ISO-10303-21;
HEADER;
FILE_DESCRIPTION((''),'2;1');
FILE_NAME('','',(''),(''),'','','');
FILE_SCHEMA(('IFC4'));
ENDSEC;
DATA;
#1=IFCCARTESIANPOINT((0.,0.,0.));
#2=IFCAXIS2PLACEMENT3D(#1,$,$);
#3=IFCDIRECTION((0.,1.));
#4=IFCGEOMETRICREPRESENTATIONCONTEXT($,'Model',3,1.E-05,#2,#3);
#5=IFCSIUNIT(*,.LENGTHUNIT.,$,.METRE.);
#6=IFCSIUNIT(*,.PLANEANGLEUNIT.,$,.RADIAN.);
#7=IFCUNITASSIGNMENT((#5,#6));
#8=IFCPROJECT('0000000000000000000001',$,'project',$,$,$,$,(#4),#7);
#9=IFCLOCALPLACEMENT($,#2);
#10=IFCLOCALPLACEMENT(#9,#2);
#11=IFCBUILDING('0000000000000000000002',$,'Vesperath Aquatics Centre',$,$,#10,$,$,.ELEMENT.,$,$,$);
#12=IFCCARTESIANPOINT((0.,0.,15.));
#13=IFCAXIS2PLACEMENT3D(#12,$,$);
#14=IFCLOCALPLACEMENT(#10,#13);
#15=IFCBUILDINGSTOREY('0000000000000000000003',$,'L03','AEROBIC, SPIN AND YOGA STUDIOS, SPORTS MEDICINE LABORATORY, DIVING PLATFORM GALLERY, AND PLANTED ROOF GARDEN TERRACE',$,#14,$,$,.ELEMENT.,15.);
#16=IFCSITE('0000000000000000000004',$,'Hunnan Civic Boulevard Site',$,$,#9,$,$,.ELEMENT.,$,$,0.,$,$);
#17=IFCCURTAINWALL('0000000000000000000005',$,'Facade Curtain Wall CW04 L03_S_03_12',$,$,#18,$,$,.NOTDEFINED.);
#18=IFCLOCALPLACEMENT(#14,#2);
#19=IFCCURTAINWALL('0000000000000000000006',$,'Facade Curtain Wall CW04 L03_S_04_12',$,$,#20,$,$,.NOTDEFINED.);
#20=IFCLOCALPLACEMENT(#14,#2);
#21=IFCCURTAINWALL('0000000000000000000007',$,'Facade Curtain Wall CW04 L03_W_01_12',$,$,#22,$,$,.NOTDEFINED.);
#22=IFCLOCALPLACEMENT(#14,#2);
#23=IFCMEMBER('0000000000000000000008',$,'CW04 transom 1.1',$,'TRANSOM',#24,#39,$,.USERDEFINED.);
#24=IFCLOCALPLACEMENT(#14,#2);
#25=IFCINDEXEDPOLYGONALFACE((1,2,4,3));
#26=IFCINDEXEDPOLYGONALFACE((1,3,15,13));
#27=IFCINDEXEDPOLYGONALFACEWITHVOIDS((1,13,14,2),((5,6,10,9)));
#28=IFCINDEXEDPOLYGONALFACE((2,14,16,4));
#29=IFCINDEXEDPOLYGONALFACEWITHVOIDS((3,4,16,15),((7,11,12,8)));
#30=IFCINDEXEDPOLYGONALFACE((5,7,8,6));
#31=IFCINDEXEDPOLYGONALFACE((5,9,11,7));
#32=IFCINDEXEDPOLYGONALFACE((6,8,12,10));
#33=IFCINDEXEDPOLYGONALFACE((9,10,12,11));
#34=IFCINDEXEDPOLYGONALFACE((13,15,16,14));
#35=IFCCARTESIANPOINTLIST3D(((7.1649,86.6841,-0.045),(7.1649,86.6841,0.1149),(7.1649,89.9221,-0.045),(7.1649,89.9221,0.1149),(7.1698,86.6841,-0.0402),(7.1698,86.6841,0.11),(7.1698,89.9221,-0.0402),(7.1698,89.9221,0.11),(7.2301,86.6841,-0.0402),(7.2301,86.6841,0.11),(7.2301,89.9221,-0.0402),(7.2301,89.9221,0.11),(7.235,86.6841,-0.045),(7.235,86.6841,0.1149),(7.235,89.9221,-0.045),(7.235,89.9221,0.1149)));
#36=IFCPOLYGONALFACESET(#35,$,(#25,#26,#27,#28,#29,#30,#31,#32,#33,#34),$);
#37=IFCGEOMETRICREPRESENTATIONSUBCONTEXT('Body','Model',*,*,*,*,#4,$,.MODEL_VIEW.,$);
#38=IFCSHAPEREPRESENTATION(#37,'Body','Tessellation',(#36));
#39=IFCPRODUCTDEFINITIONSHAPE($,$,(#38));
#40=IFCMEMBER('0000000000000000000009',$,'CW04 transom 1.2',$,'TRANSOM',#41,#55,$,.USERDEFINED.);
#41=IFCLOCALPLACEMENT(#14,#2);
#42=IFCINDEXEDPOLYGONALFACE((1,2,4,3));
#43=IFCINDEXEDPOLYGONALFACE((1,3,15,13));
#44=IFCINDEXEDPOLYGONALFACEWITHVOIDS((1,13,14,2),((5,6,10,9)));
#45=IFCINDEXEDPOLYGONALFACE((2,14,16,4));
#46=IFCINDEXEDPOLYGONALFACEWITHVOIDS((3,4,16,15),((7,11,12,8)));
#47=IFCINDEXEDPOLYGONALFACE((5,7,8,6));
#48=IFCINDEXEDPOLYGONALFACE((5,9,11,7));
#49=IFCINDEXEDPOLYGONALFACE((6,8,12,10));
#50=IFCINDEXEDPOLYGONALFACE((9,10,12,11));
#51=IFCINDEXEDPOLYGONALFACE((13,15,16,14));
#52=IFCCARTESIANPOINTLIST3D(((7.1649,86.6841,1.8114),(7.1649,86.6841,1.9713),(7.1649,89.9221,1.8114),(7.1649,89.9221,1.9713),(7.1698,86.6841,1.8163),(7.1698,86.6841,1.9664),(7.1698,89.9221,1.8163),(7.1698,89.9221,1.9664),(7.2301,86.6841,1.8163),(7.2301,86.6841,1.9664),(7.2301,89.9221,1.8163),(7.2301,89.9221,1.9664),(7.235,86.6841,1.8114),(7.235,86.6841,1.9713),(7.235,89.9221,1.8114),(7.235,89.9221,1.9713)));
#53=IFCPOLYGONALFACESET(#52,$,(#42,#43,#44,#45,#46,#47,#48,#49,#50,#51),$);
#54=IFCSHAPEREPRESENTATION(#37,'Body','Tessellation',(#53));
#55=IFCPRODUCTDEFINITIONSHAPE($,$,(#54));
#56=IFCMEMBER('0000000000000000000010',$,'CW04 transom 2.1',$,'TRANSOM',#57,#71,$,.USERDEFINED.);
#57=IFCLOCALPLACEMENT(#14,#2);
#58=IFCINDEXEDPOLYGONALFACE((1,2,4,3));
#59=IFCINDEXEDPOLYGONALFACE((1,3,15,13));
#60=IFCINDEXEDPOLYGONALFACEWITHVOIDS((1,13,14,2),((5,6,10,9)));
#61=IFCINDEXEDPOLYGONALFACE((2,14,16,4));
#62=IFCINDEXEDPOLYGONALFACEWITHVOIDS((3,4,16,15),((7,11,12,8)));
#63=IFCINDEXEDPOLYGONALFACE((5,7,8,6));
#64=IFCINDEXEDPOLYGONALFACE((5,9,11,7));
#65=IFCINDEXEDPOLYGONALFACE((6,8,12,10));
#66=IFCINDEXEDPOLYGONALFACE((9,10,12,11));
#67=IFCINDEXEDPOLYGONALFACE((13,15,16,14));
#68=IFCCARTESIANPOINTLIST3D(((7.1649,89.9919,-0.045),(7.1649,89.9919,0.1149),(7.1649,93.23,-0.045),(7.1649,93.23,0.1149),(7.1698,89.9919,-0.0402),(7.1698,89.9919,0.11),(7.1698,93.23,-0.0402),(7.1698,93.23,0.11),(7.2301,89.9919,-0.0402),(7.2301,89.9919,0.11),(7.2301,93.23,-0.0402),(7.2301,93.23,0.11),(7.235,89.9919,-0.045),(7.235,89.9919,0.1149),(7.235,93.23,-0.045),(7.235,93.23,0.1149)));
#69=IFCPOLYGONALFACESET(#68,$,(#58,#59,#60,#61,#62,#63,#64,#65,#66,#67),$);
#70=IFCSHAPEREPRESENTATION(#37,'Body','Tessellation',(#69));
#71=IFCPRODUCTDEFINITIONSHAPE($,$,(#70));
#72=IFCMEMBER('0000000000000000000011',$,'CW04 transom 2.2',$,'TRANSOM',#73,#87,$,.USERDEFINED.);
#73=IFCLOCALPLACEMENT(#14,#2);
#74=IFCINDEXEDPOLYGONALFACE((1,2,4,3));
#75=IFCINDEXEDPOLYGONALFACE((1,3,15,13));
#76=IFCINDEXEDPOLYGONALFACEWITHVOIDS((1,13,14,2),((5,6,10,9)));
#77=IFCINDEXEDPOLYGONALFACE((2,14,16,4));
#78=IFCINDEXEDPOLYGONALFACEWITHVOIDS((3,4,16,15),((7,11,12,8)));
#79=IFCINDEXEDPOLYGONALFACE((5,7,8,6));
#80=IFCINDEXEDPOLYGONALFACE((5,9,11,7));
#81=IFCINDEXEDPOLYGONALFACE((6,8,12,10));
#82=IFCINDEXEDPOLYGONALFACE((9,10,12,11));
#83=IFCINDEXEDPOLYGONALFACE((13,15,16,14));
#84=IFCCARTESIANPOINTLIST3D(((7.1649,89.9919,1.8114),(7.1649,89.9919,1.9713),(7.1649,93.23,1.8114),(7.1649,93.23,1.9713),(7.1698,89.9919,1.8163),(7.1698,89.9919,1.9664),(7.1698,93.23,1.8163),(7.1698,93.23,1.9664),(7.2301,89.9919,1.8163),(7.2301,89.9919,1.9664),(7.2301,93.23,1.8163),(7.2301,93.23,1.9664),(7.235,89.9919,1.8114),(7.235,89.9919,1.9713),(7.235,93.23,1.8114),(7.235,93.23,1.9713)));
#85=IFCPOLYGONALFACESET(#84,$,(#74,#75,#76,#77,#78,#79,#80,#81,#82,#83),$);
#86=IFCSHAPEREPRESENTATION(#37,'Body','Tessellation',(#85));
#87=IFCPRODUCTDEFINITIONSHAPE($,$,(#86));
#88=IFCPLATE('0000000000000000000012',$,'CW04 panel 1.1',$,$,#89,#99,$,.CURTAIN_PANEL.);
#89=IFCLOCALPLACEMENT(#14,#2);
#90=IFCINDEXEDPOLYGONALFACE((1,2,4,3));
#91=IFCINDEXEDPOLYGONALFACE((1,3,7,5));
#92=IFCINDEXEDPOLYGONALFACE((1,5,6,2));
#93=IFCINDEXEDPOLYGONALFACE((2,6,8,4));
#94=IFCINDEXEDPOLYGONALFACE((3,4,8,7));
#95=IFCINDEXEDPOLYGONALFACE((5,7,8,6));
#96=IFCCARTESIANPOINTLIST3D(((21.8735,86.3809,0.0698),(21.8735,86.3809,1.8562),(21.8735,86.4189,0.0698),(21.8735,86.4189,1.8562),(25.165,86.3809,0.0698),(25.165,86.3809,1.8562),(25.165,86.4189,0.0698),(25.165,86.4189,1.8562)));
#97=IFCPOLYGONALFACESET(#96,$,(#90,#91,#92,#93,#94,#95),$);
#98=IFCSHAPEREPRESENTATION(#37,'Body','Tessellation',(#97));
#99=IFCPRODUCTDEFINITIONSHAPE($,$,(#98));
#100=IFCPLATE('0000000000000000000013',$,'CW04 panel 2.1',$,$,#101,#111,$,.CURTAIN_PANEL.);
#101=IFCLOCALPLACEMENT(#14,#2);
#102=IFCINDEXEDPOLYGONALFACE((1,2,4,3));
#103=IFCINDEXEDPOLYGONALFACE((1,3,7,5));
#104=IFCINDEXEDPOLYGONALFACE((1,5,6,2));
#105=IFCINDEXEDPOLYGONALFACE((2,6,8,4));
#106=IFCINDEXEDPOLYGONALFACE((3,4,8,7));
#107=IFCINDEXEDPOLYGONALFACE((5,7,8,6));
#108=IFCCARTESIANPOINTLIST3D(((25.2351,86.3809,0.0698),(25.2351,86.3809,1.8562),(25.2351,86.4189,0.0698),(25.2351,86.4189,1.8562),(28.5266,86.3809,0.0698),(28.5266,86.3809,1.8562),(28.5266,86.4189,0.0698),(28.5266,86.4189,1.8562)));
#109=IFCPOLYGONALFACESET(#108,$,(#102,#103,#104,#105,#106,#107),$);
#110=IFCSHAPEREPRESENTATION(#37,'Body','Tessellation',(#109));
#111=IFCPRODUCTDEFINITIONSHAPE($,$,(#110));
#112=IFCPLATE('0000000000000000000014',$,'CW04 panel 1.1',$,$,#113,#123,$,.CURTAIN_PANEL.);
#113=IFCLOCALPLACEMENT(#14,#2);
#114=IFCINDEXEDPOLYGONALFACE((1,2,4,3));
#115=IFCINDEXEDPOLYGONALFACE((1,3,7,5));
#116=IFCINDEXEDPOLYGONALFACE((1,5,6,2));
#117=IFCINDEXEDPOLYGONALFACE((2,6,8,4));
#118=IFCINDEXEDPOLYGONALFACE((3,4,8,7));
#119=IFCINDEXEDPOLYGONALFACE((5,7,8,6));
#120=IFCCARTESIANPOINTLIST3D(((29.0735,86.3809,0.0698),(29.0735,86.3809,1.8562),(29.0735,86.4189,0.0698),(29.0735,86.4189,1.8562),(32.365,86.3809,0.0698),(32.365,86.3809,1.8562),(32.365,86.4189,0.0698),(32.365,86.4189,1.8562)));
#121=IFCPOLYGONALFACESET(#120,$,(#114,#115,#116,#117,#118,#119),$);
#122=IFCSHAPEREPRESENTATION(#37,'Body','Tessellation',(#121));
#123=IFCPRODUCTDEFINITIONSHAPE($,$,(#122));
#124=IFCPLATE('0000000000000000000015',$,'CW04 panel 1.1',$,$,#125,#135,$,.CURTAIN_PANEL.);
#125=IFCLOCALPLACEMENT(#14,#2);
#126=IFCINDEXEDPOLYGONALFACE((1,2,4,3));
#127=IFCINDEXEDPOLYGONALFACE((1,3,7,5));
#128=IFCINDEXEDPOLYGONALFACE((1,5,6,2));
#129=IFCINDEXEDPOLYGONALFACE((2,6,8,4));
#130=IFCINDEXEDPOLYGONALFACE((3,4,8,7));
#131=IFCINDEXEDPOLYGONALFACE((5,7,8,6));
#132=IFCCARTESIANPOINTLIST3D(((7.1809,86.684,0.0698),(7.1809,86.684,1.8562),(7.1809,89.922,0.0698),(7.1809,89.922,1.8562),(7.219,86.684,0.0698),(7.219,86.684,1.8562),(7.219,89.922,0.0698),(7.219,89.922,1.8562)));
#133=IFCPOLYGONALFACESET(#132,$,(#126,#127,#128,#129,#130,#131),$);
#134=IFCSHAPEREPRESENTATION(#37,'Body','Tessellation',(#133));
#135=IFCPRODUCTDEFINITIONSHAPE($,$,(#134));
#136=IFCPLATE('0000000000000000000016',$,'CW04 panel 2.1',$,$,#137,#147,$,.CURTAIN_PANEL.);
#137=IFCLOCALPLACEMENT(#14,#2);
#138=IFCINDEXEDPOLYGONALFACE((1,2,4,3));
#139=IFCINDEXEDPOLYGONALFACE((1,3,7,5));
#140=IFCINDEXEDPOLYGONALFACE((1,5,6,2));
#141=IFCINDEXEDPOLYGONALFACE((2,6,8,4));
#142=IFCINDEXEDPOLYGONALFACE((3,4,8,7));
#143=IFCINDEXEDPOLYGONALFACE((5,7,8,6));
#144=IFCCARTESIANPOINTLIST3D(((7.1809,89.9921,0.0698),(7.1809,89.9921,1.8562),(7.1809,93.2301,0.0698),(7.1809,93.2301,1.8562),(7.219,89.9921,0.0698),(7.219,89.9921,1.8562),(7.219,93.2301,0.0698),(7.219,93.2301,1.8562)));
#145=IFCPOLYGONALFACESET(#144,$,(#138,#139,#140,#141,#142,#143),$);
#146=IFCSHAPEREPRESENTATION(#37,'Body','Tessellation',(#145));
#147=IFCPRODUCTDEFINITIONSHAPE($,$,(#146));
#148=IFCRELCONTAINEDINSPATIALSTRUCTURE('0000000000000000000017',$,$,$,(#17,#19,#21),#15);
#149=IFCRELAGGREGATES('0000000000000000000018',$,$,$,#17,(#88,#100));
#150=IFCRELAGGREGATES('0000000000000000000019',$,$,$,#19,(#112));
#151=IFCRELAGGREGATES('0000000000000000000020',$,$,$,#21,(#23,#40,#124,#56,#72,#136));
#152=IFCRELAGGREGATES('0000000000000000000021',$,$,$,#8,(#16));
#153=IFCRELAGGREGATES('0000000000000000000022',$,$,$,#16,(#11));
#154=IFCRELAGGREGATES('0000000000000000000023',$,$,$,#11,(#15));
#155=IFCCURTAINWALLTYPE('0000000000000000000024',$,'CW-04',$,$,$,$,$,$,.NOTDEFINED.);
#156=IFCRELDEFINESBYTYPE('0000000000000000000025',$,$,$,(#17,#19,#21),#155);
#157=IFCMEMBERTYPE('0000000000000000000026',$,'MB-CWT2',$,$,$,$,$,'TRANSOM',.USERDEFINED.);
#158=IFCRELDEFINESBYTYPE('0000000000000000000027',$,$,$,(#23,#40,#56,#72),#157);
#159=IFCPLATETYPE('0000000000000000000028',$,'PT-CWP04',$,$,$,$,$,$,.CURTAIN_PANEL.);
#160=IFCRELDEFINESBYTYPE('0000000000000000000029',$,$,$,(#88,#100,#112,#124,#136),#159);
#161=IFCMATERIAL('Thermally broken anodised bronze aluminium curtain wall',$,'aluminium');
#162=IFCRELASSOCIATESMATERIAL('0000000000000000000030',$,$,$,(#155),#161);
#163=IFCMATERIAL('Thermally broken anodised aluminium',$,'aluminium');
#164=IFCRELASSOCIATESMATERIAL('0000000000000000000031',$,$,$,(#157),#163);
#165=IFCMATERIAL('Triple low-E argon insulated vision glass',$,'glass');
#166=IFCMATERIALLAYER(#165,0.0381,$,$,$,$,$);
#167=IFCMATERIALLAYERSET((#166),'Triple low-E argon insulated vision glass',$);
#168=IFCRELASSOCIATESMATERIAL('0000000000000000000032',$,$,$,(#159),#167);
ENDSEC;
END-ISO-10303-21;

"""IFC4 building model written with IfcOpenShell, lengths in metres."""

from ifc_helpers import new_model, si_unit, direction, frame, origin, origin_2d, place, context, subcontext, project, spatial, rectangle, hollow_rectangle, extrude, material, layer, layer_set, material_profile, profile_set, type_object, element, aggregate, save


model = new_model("IFC4")

# Units and contexts
model_context = context("Model", 3, precision=1e-05, world=origin(), true_north=direction((0.0, 1.0)))
body_context = subcontext(model_context, "Body", "Model", "MODEL_VIEW")
ifc_project = project(units=[si_unit("LENGTHUNIT", "METRE"), si_unit("PLANEANGLEUNIT", "RADIAN")], contexts=[model_context])

# Site, building, storey
site_placement = place(None, origin())
site = spatial("IfcSite", under=ifc_project, at=site_placement, Name="Hunnan Civic Boulevard Site", CompositionType="ELEMENT", RefElevation=0.0)
building_placement = place(site_placement, origin())
building = spatial("IfcBuilding", under=site, at=building_placement, Name="Vesperath Aquatics Centre", CompositionType="ELEMENT")
storey_placement = place(building_placement, frame((0.0, 0.0, 15.0)))
storey = spatial("IfcBuildingStorey", under=building, at=storey_placement, Name="L03", Description="AEROBIC, SPIN AND YOGA STUDIOS, SPORTS MEDICINE LABORATORY, DIVING PLATFORM GALLERY, AND PLANTED ROOF GARDEN TERRACE", CompositionType="ELEMENT", Elevation=15.0)

# Curtain walls
ifc_material_1 = material(Name="Thermally broken anodised bronze aluminium curtain wall", Category="aluminium")
curtain_wall_type = type_object("IfcCurtainWallType", Name="CW-04", PredefinedType="NOTDEFINED", material=ifc_material_1)
curtain_wall_1_placement = place(storey_placement, origin())
curtain_wall_1 = element("IfcCurtainWall", 1, at=curtain_wall_1_placement, inside=storey, type_object=curtain_wall_type, Name="Facade Curtain Wall CW04 L03_S_03_12", PredefinedType="NOTDEFINED")
ifc_material_2 = material(Name="Thermally broken anodised aluminium", Category="aluminium")
curtain_wall_2_placement = place(storey_placement, origin())
curtain_wall_2 = element("IfcCurtainWall", 2, at=curtain_wall_2_placement, inside=storey, type_object=curtain_wall_type, Name="Facade Curtain Wall CW04 L03_S_04_12", PredefinedType="NOTDEFINED")
curtain_wall_3_placement = place(storey_placement, origin())
curtain_wall_3 = element("IfcCurtainWall", 3, at=curtain_wall_3_placement, inside=storey, type_object=curtain_wall_type, Name="Facade Curtain Wall CW04 L03_W_01_12", PredefinedType="NOTDEFINED")

# Members
ifc_material_profile_1 = material_profile(ifc_material_2, hollow_rectangle(XDim=0.0701, YDim=0.1599, WallThickness=0.0049, at=origin_2d()), Name="CWT 70x160x5")
ifc_profile_set_1 = profile_set([ifc_material_profile_1], Name="Thermally broken anodised aluminium")
member_type_1 = type_object("IfcMemberType", Name="MB-CWT2", ElementType="TRANSOM", PredefinedType="USERDEFINED", material=ifc_profile_set_1)
member_1_placement = place(storey_placement, frame((7.2, 86.6841, 0.0349), z_axis=(0.0, 1.0, 0.0), x_axis=(-1.0, 0.0, 0.0)))
member_1 = element("IfcMember", 4, at=member_1_placement, type_object=member_type_1, Name="CW04 transom 1.1", ObjectType="TRANSOM", PredefinedType="USERDEFINED", context=body_context, shape_type="SweptSolid", body=[
    extrude(hollow_rectangle(XDim=0.0701, YDim=0.1599, WallThickness=0.0049, at=origin_2d()), origin(), (0.0, 0.0, 1.0), 3.238),
])
member_2_placement = place(storey_placement, frame((7.2, 86.6841, 1.8914), z_axis=(0.0, 1.0, 0.0), x_axis=(-1.0, 0.0, 0.0)))
member_2 = element("IfcMember", 5, at=member_2_placement, type_object=member_type_1, Name="CW04 transom 1.2", ObjectType="TRANSOM", PredefinedType="USERDEFINED", context=body_context, shape_type="SweptSolid", body=[
    extrude(hollow_rectangle(XDim=0.0701, YDim=0.1599, WallThickness=0.0049, at=origin_2d()), origin(), (0.0, 0.0, 1.0), 3.238),
])
member_3_placement = place(storey_placement, frame((7.2, 89.9919, 0.0349), z_axis=(0.0, 1.0, 0.0), x_axis=(-1.0, 0.0, 0.0)))
member_3 = element("IfcMember", 6, at=member_3_placement, type_object=member_type_1, Name="CW04 transom 2.1", ObjectType="TRANSOM", PredefinedType="USERDEFINED", context=body_context, shape_type="SweptSolid", body=[
    extrude(hollow_rectangle(XDim=0.0701, YDim=0.1599, WallThickness=0.0049, at=origin_2d()), origin(), (0.0, 0.0, 1.0), 3.238),
])
member_4_placement = place(storey_placement, frame((7.2, 89.9919, 1.8914), z_axis=(0.0, 1.0, 0.0), x_axis=(-1.0, 0.0, 0.0)))
member_4 = element("IfcMember", 7, at=member_4_placement, type_object=member_type_1, Name="CW04 transom 2.2", ObjectType="TRANSOM", PredefinedType="USERDEFINED", context=body_context, shape_type="SweptSolid", body=[
    extrude(hollow_rectangle(XDim=0.0701, YDim=0.1599, WallThickness=0.0049, at=origin_2d()), origin(), (0.0, 0.0, 1.0), 3.238),
])

# Plates
ifc_material_3 = material(Name="Triple low-E argon insulated vision glass", Category="glass")
ifc_layer = layer(ifc_material_3, 0.0381)
ifc_layer_set = layer_set([ifc_layer], Name="Triple low-E argon insulated vision glass")
plate_type = type_object("IfcPlateType", Name="PT-CWP04", PredefinedType="CURTAIN_PANEL", material=ifc_layer_set)
plate_1_placement = place(storey_placement, frame((23.5193, 86.3999, 0.0698), z_axis=(0.0, 0.0, 1.0), x_axis=(1.0, 0.0, 0.0)))
plate_1 = element("IfcPlate", 8, at=plate_1_placement, type_object=plate_type, Name="CW04 panel 1.1", PredefinedType="CURTAIN_PANEL", context=body_context, shape_type="SweptSolid", body=[
    extrude(rectangle(XDim=3.2915, YDim=0.0381, at=origin_2d()), origin(), (0.0, 0.0, 1.0), 1.7864),
])
plate_2_placement = place(storey_placement, frame((26.8809, 86.3999, 0.0698), z_axis=(0.0, 0.0, 1.0), x_axis=(1.0, 0.0, 0.0)))
plate_2 = element("IfcPlate", 9, at=plate_2_placement, type_object=plate_type, Name="CW04 panel 2.1", PredefinedType="CURTAIN_PANEL", context=body_context, shape_type="SweptSolid", body=[
    extrude(rectangle(XDim=3.2915, YDim=0.0381, at=origin_2d()), origin(), (0.0, 0.0, 1.0), 1.7864),
])
aggregate(curtain_wall_1, [plate_1, plate_2])
plate_3_placement = place(storey_placement, frame((30.7192, 86.3999, 0.0698), z_axis=(0.0, 0.0, 1.0), x_axis=(1.0, 0.0, 0.0)))
plate_3 = element("IfcPlate", 10, at=plate_3_placement, type_object=plate_type, Name="CW04 panel 1.1", PredefinedType="CURTAIN_PANEL", context=body_context, shape_type="SweptSolid", body=[
    extrude(rectangle(XDim=3.2915, YDim=0.0381, at=origin_2d()), origin(), (0.0, 0.0, 1.0), 1.7864),
])
aggregate(curtain_wall_2, [plate_3])
plate_4_placement = place(storey_placement, frame((7.2, 88.303, 0.0698), z_axis=(0.0, 0.0, 1.0), x_axis=(0.0, 1.0, 0.0)))
plate_4 = element("IfcPlate", 11, at=plate_4_placement, type_object=plate_type, Name="CW04 panel 1.1", PredefinedType="CURTAIN_PANEL", context=body_context, shape_type="SweptSolid", body=[
    extrude(rectangle(XDim=3.238, YDim=0.0381, at=origin_2d()), origin(), (0.0, 0.0, 1.0), 1.7864),
])
plate_5_placement = place(storey_placement, frame((7.2, 91.6111, 0.0698), z_axis=(0.0, 0.0, 1.0), x_axis=(0.0, 1.0, 0.0)))
plate_5 = element("IfcPlate", 12, at=plate_5_placement, type_object=plate_type, Name="CW04 panel 2.1", PredefinedType="CURTAIN_PANEL", context=body_context, shape_type="SweptSolid", body=[
    extrude(rectangle(XDim=3.238, YDim=0.0381, at=origin_2d()), origin(), (0.0, 0.0, 1.0), 1.7864),
])
aggregate(curtain_wall_3, [member_1, member_2, plate_4, member_3, member_4, plate_5])

save(model, "model.ifc")
